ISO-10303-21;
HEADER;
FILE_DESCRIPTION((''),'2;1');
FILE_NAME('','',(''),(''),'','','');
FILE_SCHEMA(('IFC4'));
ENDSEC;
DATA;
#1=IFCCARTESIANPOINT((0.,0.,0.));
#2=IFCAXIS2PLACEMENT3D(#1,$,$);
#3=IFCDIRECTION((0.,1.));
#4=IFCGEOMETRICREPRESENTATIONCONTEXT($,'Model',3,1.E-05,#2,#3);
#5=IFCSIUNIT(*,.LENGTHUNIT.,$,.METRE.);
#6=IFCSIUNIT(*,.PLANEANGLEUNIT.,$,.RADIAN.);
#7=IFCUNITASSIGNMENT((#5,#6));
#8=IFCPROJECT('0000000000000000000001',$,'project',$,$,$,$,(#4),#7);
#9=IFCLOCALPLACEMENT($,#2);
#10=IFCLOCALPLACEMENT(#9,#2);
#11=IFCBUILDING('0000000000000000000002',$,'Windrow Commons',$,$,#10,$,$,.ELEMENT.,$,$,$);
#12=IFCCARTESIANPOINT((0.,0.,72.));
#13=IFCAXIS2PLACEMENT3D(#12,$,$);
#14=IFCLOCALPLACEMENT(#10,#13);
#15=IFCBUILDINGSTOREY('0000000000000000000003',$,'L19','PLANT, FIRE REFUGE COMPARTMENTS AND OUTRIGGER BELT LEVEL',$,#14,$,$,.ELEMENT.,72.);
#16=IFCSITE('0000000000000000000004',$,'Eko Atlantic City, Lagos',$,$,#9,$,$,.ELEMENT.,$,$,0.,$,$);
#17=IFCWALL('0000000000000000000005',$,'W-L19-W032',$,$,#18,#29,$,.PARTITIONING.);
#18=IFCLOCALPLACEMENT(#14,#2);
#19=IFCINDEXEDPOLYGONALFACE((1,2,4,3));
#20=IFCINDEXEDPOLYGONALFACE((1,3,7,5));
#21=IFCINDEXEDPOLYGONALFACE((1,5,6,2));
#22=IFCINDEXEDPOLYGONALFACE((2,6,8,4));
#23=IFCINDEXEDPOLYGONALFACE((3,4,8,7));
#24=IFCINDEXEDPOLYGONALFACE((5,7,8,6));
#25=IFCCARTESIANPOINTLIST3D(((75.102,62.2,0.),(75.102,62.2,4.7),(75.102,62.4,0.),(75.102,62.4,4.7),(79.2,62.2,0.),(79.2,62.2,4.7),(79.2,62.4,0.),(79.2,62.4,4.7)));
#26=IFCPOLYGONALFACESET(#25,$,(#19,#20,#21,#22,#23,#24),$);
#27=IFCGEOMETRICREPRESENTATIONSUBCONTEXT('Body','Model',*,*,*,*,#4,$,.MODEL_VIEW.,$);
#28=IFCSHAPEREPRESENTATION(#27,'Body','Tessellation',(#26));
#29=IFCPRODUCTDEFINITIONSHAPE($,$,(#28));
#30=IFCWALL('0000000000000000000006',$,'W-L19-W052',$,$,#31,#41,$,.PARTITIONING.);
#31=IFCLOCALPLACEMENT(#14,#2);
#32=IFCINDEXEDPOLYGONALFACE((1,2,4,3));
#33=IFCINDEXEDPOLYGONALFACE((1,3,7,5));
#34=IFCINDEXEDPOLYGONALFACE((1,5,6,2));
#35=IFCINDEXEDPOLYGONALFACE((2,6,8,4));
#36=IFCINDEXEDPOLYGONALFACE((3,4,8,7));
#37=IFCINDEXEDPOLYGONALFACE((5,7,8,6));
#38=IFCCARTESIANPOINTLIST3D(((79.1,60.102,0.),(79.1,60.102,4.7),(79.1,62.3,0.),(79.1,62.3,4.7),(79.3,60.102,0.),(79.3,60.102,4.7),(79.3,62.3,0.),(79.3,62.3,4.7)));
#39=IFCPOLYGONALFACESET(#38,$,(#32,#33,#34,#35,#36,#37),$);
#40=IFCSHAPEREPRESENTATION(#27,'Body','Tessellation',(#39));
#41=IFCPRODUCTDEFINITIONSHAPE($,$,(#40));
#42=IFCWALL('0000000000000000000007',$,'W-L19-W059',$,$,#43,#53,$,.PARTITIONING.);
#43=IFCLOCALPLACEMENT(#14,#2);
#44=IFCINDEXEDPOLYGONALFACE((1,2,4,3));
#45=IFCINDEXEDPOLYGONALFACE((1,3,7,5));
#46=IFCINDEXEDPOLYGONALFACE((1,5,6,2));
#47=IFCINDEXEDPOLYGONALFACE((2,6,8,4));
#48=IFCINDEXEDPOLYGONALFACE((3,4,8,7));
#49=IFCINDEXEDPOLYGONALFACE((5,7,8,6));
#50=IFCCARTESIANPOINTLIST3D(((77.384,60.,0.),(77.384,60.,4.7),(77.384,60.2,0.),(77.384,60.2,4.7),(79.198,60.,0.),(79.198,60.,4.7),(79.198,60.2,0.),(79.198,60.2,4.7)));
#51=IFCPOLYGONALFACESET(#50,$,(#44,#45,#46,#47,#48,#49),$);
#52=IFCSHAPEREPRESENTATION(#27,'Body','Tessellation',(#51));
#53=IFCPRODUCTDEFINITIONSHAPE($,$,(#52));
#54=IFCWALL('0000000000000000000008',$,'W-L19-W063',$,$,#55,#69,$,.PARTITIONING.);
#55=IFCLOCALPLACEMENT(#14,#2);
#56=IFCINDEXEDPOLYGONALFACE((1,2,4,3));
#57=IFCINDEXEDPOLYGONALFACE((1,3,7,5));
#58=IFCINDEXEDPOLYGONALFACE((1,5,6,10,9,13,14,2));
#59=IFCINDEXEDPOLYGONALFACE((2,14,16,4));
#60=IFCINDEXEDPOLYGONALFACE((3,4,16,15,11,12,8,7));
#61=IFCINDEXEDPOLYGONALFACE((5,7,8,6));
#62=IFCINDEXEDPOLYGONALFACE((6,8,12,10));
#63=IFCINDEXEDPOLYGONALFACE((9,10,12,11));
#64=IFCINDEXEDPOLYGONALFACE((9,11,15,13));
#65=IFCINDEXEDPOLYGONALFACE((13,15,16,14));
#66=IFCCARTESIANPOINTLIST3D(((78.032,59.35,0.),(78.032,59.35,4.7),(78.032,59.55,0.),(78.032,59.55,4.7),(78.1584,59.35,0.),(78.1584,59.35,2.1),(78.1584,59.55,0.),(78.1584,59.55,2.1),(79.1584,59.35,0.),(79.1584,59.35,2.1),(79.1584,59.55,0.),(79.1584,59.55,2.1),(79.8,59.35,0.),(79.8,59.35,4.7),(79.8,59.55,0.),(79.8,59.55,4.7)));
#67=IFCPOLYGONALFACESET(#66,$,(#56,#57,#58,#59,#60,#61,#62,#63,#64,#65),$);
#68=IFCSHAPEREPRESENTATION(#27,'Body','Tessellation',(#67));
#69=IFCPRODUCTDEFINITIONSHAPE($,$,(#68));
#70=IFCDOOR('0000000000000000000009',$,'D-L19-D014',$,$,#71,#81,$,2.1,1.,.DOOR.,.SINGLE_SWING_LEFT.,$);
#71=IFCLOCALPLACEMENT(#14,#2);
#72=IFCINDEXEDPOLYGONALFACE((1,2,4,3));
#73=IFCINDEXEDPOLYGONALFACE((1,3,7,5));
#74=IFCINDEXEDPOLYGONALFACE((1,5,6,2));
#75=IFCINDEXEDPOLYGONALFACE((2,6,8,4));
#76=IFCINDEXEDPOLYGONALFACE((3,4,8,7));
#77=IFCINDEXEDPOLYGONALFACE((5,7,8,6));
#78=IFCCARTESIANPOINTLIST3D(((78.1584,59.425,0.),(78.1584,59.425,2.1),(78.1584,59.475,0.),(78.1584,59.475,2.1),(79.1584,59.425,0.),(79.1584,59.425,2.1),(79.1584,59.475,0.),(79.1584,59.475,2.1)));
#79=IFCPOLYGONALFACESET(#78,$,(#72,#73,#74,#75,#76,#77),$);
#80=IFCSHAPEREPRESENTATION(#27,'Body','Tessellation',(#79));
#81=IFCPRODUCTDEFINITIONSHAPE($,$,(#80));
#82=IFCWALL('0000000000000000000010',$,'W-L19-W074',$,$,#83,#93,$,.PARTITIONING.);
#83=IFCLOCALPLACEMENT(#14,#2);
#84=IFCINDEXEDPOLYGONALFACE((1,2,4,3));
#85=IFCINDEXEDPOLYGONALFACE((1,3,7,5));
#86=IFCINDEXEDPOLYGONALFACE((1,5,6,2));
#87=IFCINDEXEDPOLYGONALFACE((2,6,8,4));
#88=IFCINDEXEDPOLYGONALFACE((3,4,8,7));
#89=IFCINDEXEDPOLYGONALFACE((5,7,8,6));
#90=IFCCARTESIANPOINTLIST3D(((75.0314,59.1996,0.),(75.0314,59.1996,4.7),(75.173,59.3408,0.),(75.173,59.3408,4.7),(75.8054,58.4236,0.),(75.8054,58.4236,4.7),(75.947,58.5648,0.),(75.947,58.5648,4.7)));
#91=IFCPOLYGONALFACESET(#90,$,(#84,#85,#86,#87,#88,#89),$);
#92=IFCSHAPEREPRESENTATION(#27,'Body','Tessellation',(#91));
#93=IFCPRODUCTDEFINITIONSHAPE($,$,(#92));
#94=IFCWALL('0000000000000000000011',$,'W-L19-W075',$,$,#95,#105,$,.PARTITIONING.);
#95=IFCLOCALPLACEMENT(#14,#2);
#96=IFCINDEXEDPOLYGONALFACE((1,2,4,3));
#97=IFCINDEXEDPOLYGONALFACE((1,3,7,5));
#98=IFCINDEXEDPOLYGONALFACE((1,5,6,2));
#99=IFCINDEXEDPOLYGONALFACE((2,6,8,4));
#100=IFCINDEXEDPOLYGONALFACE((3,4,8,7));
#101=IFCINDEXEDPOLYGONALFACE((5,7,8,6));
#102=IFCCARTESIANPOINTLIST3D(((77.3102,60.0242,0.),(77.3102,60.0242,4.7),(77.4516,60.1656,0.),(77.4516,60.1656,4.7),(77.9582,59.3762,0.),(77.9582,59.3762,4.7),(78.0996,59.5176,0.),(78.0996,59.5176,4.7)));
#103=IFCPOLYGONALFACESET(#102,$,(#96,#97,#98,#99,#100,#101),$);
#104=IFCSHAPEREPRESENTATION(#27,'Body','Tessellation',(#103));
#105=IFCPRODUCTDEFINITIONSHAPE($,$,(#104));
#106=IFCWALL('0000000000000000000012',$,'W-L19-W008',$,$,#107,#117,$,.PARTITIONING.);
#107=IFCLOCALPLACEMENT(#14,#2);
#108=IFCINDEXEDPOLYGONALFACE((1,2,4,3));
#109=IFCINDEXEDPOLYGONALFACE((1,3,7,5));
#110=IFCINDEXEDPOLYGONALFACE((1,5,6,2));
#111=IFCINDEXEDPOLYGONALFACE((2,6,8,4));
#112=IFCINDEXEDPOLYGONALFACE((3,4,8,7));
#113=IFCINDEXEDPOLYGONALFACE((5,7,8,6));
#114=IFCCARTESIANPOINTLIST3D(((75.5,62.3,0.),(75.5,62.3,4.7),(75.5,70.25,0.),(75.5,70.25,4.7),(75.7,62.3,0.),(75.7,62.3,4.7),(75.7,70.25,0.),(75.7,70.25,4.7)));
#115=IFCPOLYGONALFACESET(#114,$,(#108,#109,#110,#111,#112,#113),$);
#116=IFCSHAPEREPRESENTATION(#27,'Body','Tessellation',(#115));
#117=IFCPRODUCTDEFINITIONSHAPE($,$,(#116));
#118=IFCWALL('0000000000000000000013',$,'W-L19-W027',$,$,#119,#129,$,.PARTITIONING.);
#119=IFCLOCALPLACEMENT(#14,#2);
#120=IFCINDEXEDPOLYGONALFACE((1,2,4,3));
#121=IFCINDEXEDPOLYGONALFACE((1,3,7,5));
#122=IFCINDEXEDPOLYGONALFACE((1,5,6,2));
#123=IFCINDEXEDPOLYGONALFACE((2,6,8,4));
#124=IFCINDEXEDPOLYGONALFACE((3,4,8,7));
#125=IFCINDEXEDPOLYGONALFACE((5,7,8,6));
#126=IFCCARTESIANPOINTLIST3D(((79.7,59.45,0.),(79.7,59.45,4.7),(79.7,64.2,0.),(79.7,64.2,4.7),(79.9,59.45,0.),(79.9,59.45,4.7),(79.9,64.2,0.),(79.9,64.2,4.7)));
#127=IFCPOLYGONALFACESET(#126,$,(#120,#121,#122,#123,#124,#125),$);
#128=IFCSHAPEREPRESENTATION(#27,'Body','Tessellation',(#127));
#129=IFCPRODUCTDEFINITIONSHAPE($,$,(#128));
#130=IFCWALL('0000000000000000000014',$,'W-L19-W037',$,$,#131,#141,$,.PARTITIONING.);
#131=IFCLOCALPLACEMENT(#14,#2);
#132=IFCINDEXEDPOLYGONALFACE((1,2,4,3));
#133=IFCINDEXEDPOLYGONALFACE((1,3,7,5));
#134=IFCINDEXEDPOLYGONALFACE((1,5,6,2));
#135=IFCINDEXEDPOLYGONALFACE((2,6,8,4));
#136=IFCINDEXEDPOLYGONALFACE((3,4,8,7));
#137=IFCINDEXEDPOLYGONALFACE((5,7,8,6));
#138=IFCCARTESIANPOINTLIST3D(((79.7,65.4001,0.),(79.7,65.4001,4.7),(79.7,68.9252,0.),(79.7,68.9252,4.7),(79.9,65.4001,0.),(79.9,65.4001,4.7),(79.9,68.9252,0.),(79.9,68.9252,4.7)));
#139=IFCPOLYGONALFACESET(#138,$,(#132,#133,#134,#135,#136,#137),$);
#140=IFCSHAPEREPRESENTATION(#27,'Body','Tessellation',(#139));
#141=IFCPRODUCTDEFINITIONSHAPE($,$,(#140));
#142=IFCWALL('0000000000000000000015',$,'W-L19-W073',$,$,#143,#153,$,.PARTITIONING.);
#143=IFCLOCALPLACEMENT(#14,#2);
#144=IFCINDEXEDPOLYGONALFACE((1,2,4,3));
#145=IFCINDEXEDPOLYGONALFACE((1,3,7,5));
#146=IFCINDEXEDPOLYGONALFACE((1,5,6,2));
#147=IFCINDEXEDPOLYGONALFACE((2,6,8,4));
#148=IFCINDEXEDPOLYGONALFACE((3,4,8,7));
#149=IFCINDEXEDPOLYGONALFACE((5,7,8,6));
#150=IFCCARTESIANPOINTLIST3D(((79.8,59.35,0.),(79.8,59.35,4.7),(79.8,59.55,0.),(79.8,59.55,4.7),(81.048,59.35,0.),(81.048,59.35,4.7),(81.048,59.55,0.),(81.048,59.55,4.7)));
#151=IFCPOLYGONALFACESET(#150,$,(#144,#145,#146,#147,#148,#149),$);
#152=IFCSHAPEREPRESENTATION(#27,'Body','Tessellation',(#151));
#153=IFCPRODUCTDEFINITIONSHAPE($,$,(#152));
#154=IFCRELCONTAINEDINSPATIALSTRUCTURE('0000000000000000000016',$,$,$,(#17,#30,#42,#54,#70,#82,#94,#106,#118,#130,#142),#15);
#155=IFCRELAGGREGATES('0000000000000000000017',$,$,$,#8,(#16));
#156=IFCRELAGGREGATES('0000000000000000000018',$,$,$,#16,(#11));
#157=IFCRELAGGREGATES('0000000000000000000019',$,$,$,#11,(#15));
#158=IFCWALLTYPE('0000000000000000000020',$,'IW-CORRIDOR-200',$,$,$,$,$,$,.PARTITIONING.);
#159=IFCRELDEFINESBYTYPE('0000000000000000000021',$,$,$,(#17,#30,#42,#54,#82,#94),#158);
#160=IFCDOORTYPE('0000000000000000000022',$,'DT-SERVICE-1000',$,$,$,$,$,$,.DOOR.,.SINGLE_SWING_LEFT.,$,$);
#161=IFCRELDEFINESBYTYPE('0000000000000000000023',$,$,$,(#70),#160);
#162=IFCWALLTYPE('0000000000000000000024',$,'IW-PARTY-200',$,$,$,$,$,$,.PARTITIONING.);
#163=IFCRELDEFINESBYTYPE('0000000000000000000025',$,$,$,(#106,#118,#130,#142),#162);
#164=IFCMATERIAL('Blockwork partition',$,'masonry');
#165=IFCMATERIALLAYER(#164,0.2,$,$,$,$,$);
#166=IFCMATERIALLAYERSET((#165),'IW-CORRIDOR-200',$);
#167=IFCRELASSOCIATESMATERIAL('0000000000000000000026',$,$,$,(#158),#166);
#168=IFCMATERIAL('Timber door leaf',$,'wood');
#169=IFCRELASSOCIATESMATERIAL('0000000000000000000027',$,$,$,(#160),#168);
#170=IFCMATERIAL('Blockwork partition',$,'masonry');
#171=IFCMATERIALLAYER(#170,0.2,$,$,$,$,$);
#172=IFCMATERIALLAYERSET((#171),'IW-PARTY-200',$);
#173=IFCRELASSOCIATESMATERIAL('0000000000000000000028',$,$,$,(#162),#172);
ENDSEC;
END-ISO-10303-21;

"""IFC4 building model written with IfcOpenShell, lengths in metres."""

from ifc_helpers import new_model, si_unit, direction, frame, frame_2d, origin, place, context, subcontext, project, spatial, rectangle, extrude, material, layer, layer_set, type_object, element, fill, save


model = new_model("IFC4")

# Units and contexts
model_context = context("Model", 3, precision=1e-05, world=origin(), true_north=direction((0.0, 1.0)))
body_context = subcontext(model_context, "Body", "Model", "MODEL_VIEW")
ifc_project = project(units=[si_unit("LENGTHUNIT", "METRE"), si_unit("PLANEANGLEUNIT", "RADIAN")], contexts=[model_context])

# Site, building, storey
site_placement = place(None, origin())
site = spatial("IfcSite", under=ifc_project, at=site_placement, Name="Eko Atlantic City, Lagos", CompositionType="ELEMENT", RefElevation=0.0)
building_placement = place(site_placement, origin())
building = spatial("IfcBuilding", under=site, at=building_placement, Name="Windrow Commons", CompositionType="ELEMENT")
storey_placement = place(building_placement, frame((0.0, 0.0, 72.0)))
storey = spatial("IfcBuildingStorey", under=building, at=storey_placement, Name="L19", Description="PLANT, FIRE REFUGE COMPARTMENTS AND OUTRIGGER BELT LEVEL", CompositionType="ELEMENT", Elevation=72.0)

# Walls
ifc_material_1 = material(Name="Blockwork partition", Category="masonry")
ifc_layer_1 = layer(ifc_material_1, 0.2)
ifc_layer_set_1 = layer_set([ifc_layer_1], Name="IW-CORRIDOR-200")
wall_type_1 = type_object("IfcWallType", Name="IW-CORRIDOR-200", PredefinedType="PARTITIONING", material=ifc_layer_set_1)
wall_1_placement = place(storey_placement, frame((75.102, 62.3, 0.0), z_axis=(0.0, 0.0, 1.0), x_axis=(1.0, 0.0, 0.0)))
element("IfcWall", 1, at=wall_1_placement, inside=storey, type_object=wall_type_1, Name="W-L19-W032", PredefinedType="PARTITIONING", context=body_context, shape_type="SweptSolid", body=[
    extrude(rectangle(XDim=4.098, YDim=0.2, at=frame_2d((2.049, 0.0))), origin(), (0.0, 0.0, 1.0), 4.7),
])
wall_2_placement = place(storey_placement, frame((79.2, 60.102, 0.0), z_axis=(0.0, 0.0, 1.0), x_axis=(0.0, 1.0, 0.0)))
element("IfcWall", 2, at=wall_2_placement, inside=storey, type_object=wall_type_1, Name="W-L19-W052", PredefinedType="PARTITIONING", context=body_context, shape_type="SweptSolid", body=[
    extrude(rectangle(XDim=2.198, YDim=0.2, at=frame_2d((1.099, 0.0))), origin(), (0.0, 0.0, 1.0), 4.7),
])
wall_3_placement = place(storey_placement, frame((77.384, 60.1, 0.0), z_axis=(0.0, 0.0, 1.0), x_axis=(1.0, 0.0, 0.0)))
element("IfcWall", 3, at=wall_3_placement, inside=storey, type_object=wall_type_1, Name="W-L19-W059", PredefinedType="PARTITIONING", context=body_context, shape_type="SweptSolid", body=[
    extrude(rectangle(XDim=1.814, YDim=0.2, at=frame_2d((0.907, 0.0))), origin(), (0.0, 0.0, 1.0), 4.7),
])

# Wall, opening, door
wall_4_placement = place(storey_placement, frame((78.032, 59.45, 0.0), z_axis=(0.0, 0.0, 1.0), x_axis=(1.0, 0.0, 0.0)))
wall_4 = element("IfcWall", 4, at=wall_4_placement, inside=storey, type_object=wall_type_1, Name="W-L19-W063", PredefinedType="PARTITIONING", context=body_context, shape_type="SweptSolid", body=[
    extrude(rectangle(XDim=1.768, YDim=0.2, at=frame_2d((0.884, 0.0))), origin(), (0.0, 0.0, 1.0), 4.7),
])
opening_placement = place(wall_4_placement, frame((0.1264, 0.0, 0.0)))
opening = element("IfcOpeningElement", 5, at=opening_placement, cuts=wall_4, PredefinedType="OPENING", context=body_context, shape_type="SweptSolid", body=[
    extrude(rectangle(XDim=1.0, YDim=2.1, at=frame_2d((0.5, 1.05))), frame((0.0, 0.11, 0.0), z_axis=(0.0, -1.0, 0.0), x_axis=(1.0, 0.0, 0.0)), (0.0, 0.0, 1.0), 0.22),
])
ifc_material_2 = material(Name="Timber door leaf", Category="wood")
door_type = type_object("IfcDoorType", Name="DT-SERVICE-1000", OperationType="SINGLE_SWING_LEFT", PredefinedType="DOOR", material=ifc_material_2)
door_placement = place(opening_placement, origin())
door = element("IfcDoor", 6, at=door_placement, inside=storey, type_object=door_type, Name="D-L19-D014", OperationType="SINGLE_SWING_LEFT", OverallHeight=2.1, OverallWidth=1.0, PredefinedType="DOOR", context=body_context, shape_type="SweptSolid", body=[
    extrude(rectangle(XDim=1.0, YDim=2.1, at=frame_2d((0.5, 1.05))), frame((0.0, 0.025, 0.0), z_axis=(0.0, -1.0, 0.0), x_axis=(1.0, 0.0, 0.0)), (0.0, 0.0, 1.0), 0.05),
])
fill(opening, door)

# Walls
wall_5_placement = place(storey_placement, frame((75.1022, 59.2702, 0.0), z_axis=(0.0, 0.0, 1.0), x_axis=(0.706194, -0.708019, 0.0)))
element("IfcWall", 7, at=wall_5_placement, inside=storey, type_object=wall_type_1, Name="W-L19-W074", PredefinedType="PARTITIONING", context=body_context, shape_type="SweptSolid", body=[
    extrude(rectangle(XDim=1.096, YDim=0.2, at=frame_2d((0.548, 0.0))), origin(), (0.0, 0.0, 1.0), 4.7),
])
wall_6_placement = place(storey_placement, frame((77.3809, 60.0949, 0.0), z_axis=(0.0, 0.0, 1.0), x_axis=(0.707107, -0.707107, 0.0)))
element("IfcWall", 8, at=wall_6_placement, inside=storey, type_object=wall_type_1, Name="W-L19-W075", PredefinedType="PARTITIONING", context=body_context, shape_type="SweptSolid", body=[
    extrude(rectangle(XDim=0.9164, YDim=0.2, at=frame_2d((0.4582, 0.0))), origin(), (0.0, 0.0, 1.0), 4.7),
])
ifc_material_3 = material(Name="Blockwork partition", Category="masonry")
ifc_layer_2 = layer(ifc_material_3, 0.2)
ifc_layer_set_2 = layer_set([ifc_layer_2], Name="IW-PARTY-200")
wall_type_2 = type_object("IfcWallType", Name="IW-PARTY-200", PredefinedType="PARTITIONING", material=ifc_layer_set_2)
wall_7_placement = place(storey_placement, frame((75.6, 62.3, 0.0), z_axis=(0.0, 0.0, 1.0), x_axis=(0.0, 1.0, 0.0)))
element("IfcWall", 9, at=wall_7_placement, inside=storey, type_object=wall_type_2, Name="W-L19-W008", PredefinedType="PARTITIONING", context=body_context, shape_type="SweptSolid", body=[
    extrude(rectangle(XDim=7.95, YDim=0.2, at=frame_2d((3.975, 0.0))), origin(), (0.0, 0.0, 1.0), 4.7),
])
wall_8_placement = place(storey_placement, frame((79.8, 59.45, 0.0), z_axis=(0.0, 0.0, 1.0), x_axis=(0.0, 1.0, 0.0)))
element("IfcWall", 10, at=wall_8_placement, inside=storey, type_object=wall_type_2, Name="W-L19-W027", PredefinedType="PARTITIONING", context=body_context, shape_type="SweptSolid", body=[
    extrude(rectangle(XDim=4.75, YDim=0.2, at=frame_2d((2.375, 0.0))), origin(), (0.0, 0.0, 1.0), 4.7),
])
wall_9_placement = place(storey_placement, frame((79.8, 65.4, 0.0), z_axis=(0.0, 0.0, 1.0), x_axis=(0.0, 1.0, 0.0)))
element("IfcWall", 11, at=wall_9_placement, inside=storey, type_object=wall_type_2, Name="W-L19-W037", PredefinedType="PARTITIONING", context=body_context, shape_type="SweptSolid", body=[
    extrude(rectangle(XDim=3.5251, YDim=0.2, at=frame_2d((1.7626, 0.0))), origin(), (0.0, 0.0, 1.0), 4.7),
])
wall_10_placement = place(storey_placement, frame((79.8, 59.45, 0.0), z_axis=(0.0, 0.0, 1.0), x_axis=(1.0, 0.0, 0.0)))
element("IfcWall", 12, at=wall_10_placement, inside=storey, type_object=wall_type_2, Name="W-L19-W073", PredefinedType="PARTITIONING", context=body_context, shape_type="SweptSolid", body=[
    extrude(rectangle(XDim=1.248, YDim=0.2, at=frame_2d((0.624, 0.0))), origin(), (0.0, 0.0, 1.0), 4.7),
])

save(model, "model.ifc")
